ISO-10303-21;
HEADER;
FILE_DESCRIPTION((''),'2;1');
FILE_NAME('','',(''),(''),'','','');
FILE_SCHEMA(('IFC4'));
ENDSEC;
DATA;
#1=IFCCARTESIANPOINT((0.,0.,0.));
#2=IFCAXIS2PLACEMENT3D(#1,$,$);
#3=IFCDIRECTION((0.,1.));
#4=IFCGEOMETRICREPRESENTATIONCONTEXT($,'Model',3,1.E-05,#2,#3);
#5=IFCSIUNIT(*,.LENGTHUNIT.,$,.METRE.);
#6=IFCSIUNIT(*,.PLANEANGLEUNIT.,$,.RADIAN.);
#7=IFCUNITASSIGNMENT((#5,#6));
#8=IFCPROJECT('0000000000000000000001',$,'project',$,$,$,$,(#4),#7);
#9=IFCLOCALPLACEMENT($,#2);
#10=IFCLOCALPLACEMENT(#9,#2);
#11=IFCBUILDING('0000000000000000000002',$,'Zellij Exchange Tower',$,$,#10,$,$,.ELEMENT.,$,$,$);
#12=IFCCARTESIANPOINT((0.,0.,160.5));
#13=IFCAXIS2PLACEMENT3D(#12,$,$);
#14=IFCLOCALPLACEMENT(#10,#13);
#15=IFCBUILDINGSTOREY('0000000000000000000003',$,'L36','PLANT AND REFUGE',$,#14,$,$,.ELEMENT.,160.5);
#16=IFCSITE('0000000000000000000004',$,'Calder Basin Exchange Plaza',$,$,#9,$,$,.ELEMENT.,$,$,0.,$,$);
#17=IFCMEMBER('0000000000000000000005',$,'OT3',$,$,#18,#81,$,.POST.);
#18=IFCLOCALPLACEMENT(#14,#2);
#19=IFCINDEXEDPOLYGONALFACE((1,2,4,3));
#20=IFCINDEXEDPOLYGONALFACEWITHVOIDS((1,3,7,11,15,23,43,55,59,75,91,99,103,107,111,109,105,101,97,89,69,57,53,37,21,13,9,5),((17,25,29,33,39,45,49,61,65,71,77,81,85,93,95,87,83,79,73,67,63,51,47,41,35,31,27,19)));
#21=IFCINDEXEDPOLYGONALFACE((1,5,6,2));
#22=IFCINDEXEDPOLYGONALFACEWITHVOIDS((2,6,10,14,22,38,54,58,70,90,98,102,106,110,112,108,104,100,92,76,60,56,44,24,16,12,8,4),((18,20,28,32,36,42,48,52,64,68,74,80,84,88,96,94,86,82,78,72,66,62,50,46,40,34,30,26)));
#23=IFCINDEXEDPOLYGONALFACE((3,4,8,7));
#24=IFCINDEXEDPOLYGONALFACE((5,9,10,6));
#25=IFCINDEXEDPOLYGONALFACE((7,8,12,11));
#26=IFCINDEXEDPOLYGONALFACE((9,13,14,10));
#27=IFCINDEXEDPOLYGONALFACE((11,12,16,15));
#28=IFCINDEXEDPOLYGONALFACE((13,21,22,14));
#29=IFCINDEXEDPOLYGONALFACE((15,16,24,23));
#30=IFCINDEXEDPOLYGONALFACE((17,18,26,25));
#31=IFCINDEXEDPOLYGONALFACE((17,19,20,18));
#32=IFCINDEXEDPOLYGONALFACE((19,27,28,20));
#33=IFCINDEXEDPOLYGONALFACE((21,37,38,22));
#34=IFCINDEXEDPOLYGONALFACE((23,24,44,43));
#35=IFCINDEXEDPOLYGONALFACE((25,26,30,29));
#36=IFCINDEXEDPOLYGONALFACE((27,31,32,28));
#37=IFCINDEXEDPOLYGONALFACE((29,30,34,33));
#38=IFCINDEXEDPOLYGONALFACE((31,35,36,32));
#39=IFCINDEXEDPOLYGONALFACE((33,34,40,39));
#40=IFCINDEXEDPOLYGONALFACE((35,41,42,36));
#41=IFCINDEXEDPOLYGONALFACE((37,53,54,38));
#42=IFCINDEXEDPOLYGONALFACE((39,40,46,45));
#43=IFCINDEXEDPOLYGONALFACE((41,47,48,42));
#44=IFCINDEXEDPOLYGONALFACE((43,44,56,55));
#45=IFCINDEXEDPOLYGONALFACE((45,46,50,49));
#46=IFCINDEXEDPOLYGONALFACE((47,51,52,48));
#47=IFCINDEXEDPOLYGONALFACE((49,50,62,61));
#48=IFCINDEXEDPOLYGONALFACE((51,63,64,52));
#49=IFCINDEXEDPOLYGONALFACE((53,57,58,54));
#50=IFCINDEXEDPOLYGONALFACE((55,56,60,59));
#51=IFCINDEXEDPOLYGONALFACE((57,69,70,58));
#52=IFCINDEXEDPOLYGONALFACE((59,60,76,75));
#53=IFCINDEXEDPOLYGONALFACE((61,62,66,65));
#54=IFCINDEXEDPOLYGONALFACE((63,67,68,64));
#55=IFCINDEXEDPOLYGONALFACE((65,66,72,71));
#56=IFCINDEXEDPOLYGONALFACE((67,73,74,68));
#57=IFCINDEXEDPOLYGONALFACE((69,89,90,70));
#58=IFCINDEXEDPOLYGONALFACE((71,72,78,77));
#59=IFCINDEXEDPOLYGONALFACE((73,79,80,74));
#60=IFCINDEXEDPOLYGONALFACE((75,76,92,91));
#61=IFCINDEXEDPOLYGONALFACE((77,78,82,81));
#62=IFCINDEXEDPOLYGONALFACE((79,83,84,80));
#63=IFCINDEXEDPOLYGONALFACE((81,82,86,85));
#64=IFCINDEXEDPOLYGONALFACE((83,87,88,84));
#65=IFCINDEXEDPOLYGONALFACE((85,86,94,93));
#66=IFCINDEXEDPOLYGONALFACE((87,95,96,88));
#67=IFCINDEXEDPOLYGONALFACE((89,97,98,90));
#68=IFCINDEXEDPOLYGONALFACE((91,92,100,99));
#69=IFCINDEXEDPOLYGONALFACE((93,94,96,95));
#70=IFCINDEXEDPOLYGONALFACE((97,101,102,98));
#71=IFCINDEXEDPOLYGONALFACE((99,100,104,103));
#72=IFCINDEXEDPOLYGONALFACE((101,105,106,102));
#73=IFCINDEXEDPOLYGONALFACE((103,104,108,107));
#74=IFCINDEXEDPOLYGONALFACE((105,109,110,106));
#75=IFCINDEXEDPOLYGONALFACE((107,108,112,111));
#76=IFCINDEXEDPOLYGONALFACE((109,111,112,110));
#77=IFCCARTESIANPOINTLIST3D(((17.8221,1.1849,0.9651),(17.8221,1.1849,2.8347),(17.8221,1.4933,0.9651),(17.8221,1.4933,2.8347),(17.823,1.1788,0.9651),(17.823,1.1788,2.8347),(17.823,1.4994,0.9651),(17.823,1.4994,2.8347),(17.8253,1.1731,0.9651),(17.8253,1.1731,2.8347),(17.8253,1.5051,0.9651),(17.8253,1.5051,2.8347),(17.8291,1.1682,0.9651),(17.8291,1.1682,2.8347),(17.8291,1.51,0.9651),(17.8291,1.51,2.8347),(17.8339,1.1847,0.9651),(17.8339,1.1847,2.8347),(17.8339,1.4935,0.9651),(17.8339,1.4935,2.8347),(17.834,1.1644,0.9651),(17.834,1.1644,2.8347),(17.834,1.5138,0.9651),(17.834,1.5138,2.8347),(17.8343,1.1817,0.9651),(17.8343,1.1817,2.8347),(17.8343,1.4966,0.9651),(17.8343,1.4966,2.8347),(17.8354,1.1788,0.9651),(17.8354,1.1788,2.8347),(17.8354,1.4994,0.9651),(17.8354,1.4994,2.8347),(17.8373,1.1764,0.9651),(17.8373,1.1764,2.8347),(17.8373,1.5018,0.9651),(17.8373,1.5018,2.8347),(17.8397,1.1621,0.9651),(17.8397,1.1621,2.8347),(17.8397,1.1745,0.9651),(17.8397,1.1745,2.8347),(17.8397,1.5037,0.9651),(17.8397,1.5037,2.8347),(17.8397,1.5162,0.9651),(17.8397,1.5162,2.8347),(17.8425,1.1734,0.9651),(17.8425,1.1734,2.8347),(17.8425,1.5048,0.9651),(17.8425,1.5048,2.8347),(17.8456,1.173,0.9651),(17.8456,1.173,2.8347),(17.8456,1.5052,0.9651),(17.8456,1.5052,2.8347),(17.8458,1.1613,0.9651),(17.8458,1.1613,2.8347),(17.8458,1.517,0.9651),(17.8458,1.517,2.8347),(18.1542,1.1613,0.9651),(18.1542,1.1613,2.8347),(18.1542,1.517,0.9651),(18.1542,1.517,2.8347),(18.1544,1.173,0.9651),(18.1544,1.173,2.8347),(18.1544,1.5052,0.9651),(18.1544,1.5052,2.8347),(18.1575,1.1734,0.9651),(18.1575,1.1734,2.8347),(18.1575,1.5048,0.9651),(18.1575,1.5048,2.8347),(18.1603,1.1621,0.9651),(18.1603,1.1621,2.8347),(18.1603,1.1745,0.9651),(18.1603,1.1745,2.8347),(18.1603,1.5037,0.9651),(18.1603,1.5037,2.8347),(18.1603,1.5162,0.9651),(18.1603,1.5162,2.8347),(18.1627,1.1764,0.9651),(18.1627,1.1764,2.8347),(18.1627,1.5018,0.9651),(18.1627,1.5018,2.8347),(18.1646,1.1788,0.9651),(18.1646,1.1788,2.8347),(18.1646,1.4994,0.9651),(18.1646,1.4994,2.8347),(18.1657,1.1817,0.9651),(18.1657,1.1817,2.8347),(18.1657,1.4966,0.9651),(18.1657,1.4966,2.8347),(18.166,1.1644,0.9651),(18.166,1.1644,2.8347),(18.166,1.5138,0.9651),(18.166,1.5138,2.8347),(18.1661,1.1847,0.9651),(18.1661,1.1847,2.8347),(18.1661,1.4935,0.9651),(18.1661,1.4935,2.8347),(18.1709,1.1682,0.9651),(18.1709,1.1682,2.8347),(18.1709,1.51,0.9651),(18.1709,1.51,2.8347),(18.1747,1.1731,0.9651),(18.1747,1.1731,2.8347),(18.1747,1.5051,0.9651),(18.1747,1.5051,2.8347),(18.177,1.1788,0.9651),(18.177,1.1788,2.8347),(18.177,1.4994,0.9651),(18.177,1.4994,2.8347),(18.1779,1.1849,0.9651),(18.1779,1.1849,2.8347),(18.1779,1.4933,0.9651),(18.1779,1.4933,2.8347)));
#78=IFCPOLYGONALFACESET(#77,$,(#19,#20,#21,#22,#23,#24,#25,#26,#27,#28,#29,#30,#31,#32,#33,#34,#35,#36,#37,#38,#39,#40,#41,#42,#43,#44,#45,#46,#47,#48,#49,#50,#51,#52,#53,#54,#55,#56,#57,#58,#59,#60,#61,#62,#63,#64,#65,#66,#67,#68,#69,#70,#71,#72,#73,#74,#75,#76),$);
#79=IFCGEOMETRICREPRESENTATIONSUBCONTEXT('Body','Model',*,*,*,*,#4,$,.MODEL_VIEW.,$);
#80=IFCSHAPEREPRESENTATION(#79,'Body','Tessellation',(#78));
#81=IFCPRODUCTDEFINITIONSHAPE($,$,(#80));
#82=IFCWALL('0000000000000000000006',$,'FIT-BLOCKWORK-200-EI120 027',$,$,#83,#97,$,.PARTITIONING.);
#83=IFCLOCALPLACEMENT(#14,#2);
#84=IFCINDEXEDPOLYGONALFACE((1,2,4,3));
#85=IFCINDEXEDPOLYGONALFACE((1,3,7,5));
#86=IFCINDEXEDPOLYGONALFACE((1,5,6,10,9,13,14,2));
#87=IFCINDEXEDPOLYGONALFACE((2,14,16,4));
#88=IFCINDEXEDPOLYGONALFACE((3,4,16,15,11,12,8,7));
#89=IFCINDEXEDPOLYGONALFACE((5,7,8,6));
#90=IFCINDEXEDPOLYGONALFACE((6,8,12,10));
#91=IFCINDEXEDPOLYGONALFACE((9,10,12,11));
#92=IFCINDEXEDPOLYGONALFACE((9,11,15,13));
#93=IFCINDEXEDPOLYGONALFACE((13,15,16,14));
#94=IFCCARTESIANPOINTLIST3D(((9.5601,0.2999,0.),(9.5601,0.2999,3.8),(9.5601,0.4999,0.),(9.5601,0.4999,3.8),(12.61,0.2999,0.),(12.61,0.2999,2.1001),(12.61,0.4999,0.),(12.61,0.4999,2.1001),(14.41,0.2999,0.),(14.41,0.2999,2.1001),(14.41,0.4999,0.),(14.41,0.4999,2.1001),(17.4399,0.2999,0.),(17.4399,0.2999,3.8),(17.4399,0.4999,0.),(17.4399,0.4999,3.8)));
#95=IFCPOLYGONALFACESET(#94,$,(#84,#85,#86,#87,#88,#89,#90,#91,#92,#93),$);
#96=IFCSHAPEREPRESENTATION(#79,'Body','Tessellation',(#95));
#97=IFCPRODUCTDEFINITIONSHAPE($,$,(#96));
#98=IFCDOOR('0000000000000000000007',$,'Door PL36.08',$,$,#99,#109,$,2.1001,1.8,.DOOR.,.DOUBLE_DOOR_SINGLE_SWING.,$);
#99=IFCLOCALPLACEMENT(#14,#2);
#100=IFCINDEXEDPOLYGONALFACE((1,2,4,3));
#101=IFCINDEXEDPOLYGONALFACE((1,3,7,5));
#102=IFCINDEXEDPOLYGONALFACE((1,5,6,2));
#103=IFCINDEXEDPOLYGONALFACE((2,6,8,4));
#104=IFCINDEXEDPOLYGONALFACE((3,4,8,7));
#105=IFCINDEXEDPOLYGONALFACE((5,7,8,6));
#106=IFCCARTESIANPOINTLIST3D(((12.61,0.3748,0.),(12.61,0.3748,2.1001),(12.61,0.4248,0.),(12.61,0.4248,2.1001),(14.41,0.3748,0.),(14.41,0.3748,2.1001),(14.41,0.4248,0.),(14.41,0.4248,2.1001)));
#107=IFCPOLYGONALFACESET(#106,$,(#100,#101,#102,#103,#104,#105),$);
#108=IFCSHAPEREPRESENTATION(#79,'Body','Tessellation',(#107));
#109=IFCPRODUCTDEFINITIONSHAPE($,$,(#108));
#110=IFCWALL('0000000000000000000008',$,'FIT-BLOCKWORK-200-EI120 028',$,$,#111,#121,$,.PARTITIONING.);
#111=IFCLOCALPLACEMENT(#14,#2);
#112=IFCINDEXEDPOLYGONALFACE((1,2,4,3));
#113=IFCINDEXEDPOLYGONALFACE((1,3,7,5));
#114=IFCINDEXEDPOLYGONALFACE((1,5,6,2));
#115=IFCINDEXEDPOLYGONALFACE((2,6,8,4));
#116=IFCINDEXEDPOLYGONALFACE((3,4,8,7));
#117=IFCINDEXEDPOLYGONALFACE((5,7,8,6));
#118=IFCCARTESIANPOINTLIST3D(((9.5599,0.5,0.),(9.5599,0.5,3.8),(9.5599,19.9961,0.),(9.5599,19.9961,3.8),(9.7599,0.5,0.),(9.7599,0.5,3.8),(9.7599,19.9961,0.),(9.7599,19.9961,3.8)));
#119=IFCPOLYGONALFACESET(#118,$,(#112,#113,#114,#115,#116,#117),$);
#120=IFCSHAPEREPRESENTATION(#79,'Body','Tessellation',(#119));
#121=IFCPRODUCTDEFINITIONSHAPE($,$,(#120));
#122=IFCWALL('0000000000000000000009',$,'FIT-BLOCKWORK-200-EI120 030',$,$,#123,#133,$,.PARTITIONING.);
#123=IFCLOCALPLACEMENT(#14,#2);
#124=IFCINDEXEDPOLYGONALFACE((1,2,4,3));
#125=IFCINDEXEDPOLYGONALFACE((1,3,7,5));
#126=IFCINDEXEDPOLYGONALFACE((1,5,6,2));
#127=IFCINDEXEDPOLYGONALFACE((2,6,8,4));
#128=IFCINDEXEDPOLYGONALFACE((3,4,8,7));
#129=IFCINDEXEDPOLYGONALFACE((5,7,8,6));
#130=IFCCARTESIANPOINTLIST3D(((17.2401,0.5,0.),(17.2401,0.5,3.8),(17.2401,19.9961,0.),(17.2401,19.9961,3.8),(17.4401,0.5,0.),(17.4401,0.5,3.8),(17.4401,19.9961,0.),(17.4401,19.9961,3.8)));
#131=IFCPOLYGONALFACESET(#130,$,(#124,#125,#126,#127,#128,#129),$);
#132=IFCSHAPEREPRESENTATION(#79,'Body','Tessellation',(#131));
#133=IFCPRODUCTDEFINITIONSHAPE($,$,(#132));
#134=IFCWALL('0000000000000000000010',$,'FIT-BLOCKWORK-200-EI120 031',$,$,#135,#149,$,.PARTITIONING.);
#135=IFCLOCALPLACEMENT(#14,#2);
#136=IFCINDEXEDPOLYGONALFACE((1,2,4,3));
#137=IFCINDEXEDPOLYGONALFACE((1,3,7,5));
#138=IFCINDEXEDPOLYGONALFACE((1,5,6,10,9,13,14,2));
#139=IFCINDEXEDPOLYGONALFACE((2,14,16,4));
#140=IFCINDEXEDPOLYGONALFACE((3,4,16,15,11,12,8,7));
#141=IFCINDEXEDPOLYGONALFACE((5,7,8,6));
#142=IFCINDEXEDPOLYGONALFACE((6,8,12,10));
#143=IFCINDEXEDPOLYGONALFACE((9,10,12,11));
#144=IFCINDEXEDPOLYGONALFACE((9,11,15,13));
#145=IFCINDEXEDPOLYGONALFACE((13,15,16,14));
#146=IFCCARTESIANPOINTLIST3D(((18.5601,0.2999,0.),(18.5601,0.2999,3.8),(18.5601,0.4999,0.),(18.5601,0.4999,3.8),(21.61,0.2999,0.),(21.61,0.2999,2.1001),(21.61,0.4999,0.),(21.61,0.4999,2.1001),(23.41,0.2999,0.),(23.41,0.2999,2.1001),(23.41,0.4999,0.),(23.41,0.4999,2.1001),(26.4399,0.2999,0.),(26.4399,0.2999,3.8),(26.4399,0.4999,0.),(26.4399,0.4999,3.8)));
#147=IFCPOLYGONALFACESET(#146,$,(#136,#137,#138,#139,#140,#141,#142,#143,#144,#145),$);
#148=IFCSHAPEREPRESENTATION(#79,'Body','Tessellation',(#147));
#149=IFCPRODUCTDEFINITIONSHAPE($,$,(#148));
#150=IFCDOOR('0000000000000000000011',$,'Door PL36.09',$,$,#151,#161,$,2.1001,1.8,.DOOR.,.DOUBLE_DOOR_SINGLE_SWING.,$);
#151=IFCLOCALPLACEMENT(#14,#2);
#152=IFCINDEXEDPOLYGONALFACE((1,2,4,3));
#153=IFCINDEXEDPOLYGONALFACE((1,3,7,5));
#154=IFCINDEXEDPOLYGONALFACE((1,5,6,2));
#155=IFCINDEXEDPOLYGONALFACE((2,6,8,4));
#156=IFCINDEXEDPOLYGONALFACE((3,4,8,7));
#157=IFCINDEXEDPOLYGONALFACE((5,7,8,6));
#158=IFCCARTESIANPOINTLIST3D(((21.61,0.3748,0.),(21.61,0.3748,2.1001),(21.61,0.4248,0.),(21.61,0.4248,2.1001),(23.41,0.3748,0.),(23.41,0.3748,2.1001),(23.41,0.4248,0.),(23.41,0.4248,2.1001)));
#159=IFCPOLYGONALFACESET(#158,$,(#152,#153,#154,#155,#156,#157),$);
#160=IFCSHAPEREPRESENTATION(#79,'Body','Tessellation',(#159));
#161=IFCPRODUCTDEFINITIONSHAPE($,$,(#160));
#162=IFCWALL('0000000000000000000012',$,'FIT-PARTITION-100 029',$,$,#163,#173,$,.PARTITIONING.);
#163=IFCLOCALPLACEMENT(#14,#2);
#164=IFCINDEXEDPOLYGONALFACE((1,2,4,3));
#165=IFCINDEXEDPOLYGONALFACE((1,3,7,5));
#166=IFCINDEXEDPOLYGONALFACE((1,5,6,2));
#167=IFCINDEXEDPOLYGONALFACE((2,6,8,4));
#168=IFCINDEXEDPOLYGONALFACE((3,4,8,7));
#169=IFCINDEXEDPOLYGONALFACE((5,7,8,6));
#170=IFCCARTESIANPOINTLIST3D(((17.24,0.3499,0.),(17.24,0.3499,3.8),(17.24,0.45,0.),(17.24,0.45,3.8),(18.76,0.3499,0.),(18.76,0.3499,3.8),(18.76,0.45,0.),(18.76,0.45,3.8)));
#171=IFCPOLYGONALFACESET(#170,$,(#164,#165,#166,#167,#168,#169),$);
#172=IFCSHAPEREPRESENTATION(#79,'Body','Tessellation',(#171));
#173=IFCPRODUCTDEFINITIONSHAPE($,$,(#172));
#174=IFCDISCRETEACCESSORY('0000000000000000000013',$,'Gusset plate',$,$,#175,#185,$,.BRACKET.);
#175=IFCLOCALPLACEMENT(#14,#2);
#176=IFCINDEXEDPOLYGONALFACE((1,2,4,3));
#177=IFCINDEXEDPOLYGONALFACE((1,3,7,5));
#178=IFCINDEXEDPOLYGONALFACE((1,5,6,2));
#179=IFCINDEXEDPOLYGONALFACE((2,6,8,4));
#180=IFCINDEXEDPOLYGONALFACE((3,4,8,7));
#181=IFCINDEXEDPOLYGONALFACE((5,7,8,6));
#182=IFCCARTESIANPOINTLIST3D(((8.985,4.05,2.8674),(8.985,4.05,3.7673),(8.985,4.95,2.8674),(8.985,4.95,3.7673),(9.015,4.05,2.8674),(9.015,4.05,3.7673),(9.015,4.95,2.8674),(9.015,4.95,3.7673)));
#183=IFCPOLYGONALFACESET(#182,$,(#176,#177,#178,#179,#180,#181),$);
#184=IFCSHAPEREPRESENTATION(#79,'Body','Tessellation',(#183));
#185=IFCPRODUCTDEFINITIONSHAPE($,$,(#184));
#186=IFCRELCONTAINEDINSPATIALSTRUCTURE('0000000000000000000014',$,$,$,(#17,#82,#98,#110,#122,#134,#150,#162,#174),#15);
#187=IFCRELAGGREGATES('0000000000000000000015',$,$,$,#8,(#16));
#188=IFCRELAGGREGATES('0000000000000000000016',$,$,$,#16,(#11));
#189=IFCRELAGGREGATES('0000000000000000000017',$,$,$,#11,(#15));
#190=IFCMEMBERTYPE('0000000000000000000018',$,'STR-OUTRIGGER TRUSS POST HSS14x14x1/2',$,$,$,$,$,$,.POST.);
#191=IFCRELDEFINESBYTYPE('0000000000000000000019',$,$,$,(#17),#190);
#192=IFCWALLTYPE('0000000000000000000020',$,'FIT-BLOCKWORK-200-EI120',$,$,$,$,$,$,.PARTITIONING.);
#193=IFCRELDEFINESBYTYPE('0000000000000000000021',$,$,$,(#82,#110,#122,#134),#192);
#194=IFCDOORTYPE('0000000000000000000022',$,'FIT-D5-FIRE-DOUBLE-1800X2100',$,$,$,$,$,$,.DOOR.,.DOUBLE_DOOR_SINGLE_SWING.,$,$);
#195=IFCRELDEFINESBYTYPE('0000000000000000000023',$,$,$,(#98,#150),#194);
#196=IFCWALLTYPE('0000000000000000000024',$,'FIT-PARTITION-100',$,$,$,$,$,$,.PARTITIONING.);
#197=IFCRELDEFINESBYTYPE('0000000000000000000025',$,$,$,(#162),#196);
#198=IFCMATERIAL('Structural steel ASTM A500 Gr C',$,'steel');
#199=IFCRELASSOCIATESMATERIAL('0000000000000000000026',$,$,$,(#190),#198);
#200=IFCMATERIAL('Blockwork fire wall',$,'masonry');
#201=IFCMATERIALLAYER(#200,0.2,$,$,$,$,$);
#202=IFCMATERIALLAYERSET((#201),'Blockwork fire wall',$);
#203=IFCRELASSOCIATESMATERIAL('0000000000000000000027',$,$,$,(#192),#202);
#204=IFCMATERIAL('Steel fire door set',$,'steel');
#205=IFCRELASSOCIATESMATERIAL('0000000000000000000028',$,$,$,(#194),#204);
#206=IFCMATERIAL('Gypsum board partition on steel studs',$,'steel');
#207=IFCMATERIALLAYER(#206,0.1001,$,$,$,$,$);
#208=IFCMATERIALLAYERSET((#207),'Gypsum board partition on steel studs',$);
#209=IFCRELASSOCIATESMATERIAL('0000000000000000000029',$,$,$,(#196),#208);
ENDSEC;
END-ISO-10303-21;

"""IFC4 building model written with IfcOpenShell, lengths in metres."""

from ifc_helpers import new_model, si_unit, direction, frame, frame_2d, origin, origin_2d, place, context, subcontext, project, spatial, rectangle, hollow_rectangle, extrude, material, layer, layer_set, material_profile, profile_set, type_object, element, fill, save


model = new_model("IFC4")

# Units and contexts
model_context = context("Model", 3, precision=1e-05, world=origin(), true_north=direction((0.0, 1.0)))
body_context = subcontext(model_context, "Body", "Model", "MODEL_VIEW")
ifc_project = project(units=[si_unit("LENGTHUNIT", "METRE"), si_unit("PLANEANGLEUNIT", "RADIAN")], contexts=[model_context])

# Site, building, storey
site_placement = place(None, origin())
site = spatial("IfcSite", under=ifc_project, at=site_placement, Name="Calder Basin Exchange Plaza", CompositionType="ELEMENT", RefElevation=0.0)
building_placement = place(site_placement, origin())
building = spatial("IfcBuilding", under=site, at=building_placement, Name="Zellij Exchange Tower", CompositionType="ELEMENT")
storey_placement = place(building_placement, frame((0.0, 0.0, 160.5)))
storey = spatial("IfcBuildingStorey", under=building, at=storey_placement, Name="L36", Description="PLANT AND REFUGE", CompositionType="ELEMENT", Elevation=160.5)

# Member
ifc_material_1 = material(Name="Structural steel ASTM A500 Gr C", Category="steel")
ifc_material_profile_1 = material_profile(ifc_material_1, hollow_rectangle(XDim=0.3557, YDim=0.3557, WallThickness=0.0117, InnerFilletRadius=0.0117, OuterFilletRadius=0.0237, at=origin_2d()), Name="STR-OUTRIGGER TRUSS POST HSS14x14x1/2")
ifc_profile_set_1 = profile_set([ifc_material_profile_1], Name="Structural steel ASTM A500 Gr C")
member_type_1 = type_object("IfcMemberType", Name="STR-OUTRIGGER TRUSS POST HSS14x14x1/2", PredefinedType="POST", material=ifc_profile_set_1)
for number, where, z_axis, x_axis, name in (
    (1, (18.0, 1.3391, 0.9651), (0.0, 0.0, 1.0), (1.0, 0.0, 0.0), "OT3"),
):
    element("IfcMember", number, at=place(storey_placement, frame(where, z_axis=z_axis, x_axis=x_axis)), inside=storey, type_object=member_type_1, Name=name, PredefinedType="POST", context=body_context, shape_type="SweptSolid", body=[
        extrude(hollow_rectangle(XDim=0.3557, YDim=0.3557, WallThickness=0.0117, InnerFilletRadius=0.0117, OuterFilletRadius=0.0237, at=origin_2d()), origin(), (0.0, 0.0, 1.0), 1.8696),
    ])

# Wall, opening, door
ifc_material_2 = material(Name="Blockwork fire wall", Category="masonry")
ifc_layer_1 = layer(ifc_material_2, 0.2)
ifc_layer_set_1 = layer_set([ifc_layer_1], Name="Blockwork fire wall")
wall_type_1 = type_object("IfcWallType", Name="FIT-BLOCKWORK-200-EI120", PredefinedType="PARTITIONING", material=ifc_layer_set_1)
wall_1_placement = place(storey_placement, frame((9.5601, 0.3999, 0.0), z_axis=(0.0, 0.0, 1.0), x_axis=(1.0, 0.0, 0.0)))
wall_1 = element("IfcWall", 2, at=wall_1_placement, inside=storey, type_object=wall_type_1, Name="FIT-BLOCKWORK-200-EI120 027", PredefinedType="PARTITIONING", context=body_context, shape_type="SweptSolid", body=[
    extrude(rectangle(XDim=7.8799, YDim=0.2, at=frame_2d((3.9399, 0.0))), origin(), (0.0, 0.0, 1.0), 3.8),
])
opening_1_placement = place(wall_1_placement, frame((3.05, 0.0, 0.0)))
opening_1 = element("IfcOpeningElement", 3, at=opening_1_placement, cuts=wall_1, PredefinedType="OPENING", context=body_context, shape_type="SweptSolid", body=[
    extrude(rectangle(XDim=1.8, YDim=2.1001, at=frame_2d((0.8999, 1.05))), frame((0.0, 0.1118, 0.0), z_axis=(0.0, -1.0, 0.0), x_axis=(1.0, 0.0, 0.0)), (0.0, 0.0, 1.0), 0.2239),
])
ifc_material_3 = material(Name="Steel fire door set", Category="steel")
door_type = type_object("IfcDoorType", Name="FIT-D5-FIRE-DOUBLE-1800X2100", OperationType="DOUBLE_DOOR_SINGLE_SWING", PredefinedType="DOOR", material=ifc_material_3)
door_1_placement = place(opening_1_placement, origin())
door_1 = element("IfcDoor", 4, at=door_1_placement, inside=storey, type_object=door_type, Name="Door PL36.08", OperationType="DOUBLE_DOOR_SINGLE_SWING", OverallHeight=2.1001, OverallWidth=1.8, PredefinedType="DOOR", context=body_context, shape_type="SweptSolid", body=[
    extrude(rectangle(XDim=1.8, YDim=2.1001, at=frame_2d((0.8999, 1.05))), frame((0.0, 0.0249, 0.0), z_axis=(0.0, -1.0, 0.0), x_axis=(1.0, 0.0, 0.0)), (0.0, 0.0, 1.0), 0.05),
])
fill(opening_1, door_1)

# Walls
for number, where, z_axis, x_axis, name in (
    (5, (9.6599, 0.5, 0.0), (0.0, 0.0, 1.0), (0.0, 1.0, 0.0), "FIT-BLOCKWORK-200-EI120 028"),
    (6, (17.3401, 0.5, 0.0), (0.0, 0.0, 1.0), (0.0, 1.0, 0.0), "FIT-BLOCKWORK-200-EI120 030"),
):
    element("IfcWall", number, at=place(storey_placement, frame(where, z_axis=z_axis, x_axis=x_axis)), inside=storey, type_object=wall_type_1, Name=name, PredefinedType="PARTITIONING", context=body_context, shape_type="SweptSolid", body=[
        extrude(rectangle(XDim=19.4961, YDim=0.2, at=frame_2d((9.748, 0.0))), origin(), (0.0, 0.0, 1.0), 3.8),
    ])

# Wall, opening, door
wall_2_placement = place(storey_placement, frame((18.5601, 0.3999, 0.0), z_axis=(0.0, 0.0, 1.0), x_axis=(1.0, 0.0, 0.0)))
wall_2 = element("IfcWall", 7, at=wall_2_placement, inside=storey, type_object=wall_type_1, Name="FIT-BLOCKWORK-200-EI120 031", PredefinedType="PARTITIONING", context=body_context, shape_type="SweptSolid", body=[
    extrude(rectangle(XDim=7.8799, YDim=0.2, at=frame_2d((3.9399, 0.0))), origin(), (0.0, 0.0, 1.0), 3.8),
])
opening_2_placement = place(wall_2_placement, frame((3.05, 0.0, 0.0)))
opening_2 = element("IfcOpeningElement", 8, at=opening_2_placement, cuts=wall_2, PredefinedType="OPENING", context=body_context, shape_type="SweptSolid", body=[
    extrude(rectangle(XDim=1.8, YDim=2.1001, at=frame_2d((0.8999, 1.05))), frame((0.0, 0.1118, 0.0), z_axis=(0.0, -1.0, 0.0), x_axis=(1.0, 0.0, 0.0)), (0.0, 0.0, 1.0), 0.2239),
])
door_2_placement = place(opening_2_placement, origin())
door_2 = element("IfcDoor", 9, at=door_2_placement, inside=storey, type_object=door_type, Name="Door PL36.09", OperationType="DOUBLE_DOOR_SINGLE_SWING", OverallHeight=2.1001, OverallWidth=1.8, PredefinedType="DOOR", context=body_context, shape_type="SweptSolid", body=[
    extrude(rectangle(XDim=1.8, YDim=2.1001, at=frame_2d((0.8999, 1.05))), frame((0.0, 0.0249, 0.0), z_axis=(0.0, -1.0, 0.0), x_axis=(1.0, 0.0, 0.0)), (0.0, 0.0, 1.0), 0.05),
])
fill(opening_2, door_2)

# Wall
ifc_material_4 = material(Name="Gypsum board partition on steel studs", Category="steel")
ifc_layer_2 = layer(ifc_material_4, 0.1001)
ifc_layer_set_2 = layer_set([ifc_layer_2], Name="Gypsum board partition on steel studs")
wall_type_2 = type_object("IfcWallType", Name="FIT-PARTITION-100", PredefinedType="PARTITIONING", material=ifc_layer_set_2)
wall_3_placement = place(storey_placement, frame((17.24, 0.3999, 0.0), z_axis=(0.0, 0.0, 1.0), x_axis=(1.0, 0.0, 0.0)))
element("IfcWall", 10, at=wall_3_placement, inside=storey, type_object=wall_type_2, Name="FIT-PARTITION-100 029", PredefinedType="PARTITIONING", context=body_context, shape_type="SweptSolid", body=[
    extrude(rectangle(XDim=1.52, YDim=0.1001, at=frame_2d((0.76, 0.0))), origin(), (0.0, 0.0, 1.0), 3.8),
])

# Discrete accessory
for number, where, z_axis, x_axis, name in (
    (11, (9.0, 4.5, 2.8674), (0.0, 0.0, 1.0), (0.0, 1.0, 0.0), "Gusset plate"),
):
    element("IfcDiscreteAccessory", number, at=place(storey_placement, frame(where, z_axis=z_axis, x_axis=x_axis)), inside=storey, Name=name, PredefinedType="BRACKET", context=body_context, shape_type="SweptSolid", body=[
        extrude(rectangle(XDim=0.8999, YDim=0.03, at=origin_2d()), origin(), (0.0, 0.0, 1.0), 0.8999),
    ])

save(model, "model.ifc")
